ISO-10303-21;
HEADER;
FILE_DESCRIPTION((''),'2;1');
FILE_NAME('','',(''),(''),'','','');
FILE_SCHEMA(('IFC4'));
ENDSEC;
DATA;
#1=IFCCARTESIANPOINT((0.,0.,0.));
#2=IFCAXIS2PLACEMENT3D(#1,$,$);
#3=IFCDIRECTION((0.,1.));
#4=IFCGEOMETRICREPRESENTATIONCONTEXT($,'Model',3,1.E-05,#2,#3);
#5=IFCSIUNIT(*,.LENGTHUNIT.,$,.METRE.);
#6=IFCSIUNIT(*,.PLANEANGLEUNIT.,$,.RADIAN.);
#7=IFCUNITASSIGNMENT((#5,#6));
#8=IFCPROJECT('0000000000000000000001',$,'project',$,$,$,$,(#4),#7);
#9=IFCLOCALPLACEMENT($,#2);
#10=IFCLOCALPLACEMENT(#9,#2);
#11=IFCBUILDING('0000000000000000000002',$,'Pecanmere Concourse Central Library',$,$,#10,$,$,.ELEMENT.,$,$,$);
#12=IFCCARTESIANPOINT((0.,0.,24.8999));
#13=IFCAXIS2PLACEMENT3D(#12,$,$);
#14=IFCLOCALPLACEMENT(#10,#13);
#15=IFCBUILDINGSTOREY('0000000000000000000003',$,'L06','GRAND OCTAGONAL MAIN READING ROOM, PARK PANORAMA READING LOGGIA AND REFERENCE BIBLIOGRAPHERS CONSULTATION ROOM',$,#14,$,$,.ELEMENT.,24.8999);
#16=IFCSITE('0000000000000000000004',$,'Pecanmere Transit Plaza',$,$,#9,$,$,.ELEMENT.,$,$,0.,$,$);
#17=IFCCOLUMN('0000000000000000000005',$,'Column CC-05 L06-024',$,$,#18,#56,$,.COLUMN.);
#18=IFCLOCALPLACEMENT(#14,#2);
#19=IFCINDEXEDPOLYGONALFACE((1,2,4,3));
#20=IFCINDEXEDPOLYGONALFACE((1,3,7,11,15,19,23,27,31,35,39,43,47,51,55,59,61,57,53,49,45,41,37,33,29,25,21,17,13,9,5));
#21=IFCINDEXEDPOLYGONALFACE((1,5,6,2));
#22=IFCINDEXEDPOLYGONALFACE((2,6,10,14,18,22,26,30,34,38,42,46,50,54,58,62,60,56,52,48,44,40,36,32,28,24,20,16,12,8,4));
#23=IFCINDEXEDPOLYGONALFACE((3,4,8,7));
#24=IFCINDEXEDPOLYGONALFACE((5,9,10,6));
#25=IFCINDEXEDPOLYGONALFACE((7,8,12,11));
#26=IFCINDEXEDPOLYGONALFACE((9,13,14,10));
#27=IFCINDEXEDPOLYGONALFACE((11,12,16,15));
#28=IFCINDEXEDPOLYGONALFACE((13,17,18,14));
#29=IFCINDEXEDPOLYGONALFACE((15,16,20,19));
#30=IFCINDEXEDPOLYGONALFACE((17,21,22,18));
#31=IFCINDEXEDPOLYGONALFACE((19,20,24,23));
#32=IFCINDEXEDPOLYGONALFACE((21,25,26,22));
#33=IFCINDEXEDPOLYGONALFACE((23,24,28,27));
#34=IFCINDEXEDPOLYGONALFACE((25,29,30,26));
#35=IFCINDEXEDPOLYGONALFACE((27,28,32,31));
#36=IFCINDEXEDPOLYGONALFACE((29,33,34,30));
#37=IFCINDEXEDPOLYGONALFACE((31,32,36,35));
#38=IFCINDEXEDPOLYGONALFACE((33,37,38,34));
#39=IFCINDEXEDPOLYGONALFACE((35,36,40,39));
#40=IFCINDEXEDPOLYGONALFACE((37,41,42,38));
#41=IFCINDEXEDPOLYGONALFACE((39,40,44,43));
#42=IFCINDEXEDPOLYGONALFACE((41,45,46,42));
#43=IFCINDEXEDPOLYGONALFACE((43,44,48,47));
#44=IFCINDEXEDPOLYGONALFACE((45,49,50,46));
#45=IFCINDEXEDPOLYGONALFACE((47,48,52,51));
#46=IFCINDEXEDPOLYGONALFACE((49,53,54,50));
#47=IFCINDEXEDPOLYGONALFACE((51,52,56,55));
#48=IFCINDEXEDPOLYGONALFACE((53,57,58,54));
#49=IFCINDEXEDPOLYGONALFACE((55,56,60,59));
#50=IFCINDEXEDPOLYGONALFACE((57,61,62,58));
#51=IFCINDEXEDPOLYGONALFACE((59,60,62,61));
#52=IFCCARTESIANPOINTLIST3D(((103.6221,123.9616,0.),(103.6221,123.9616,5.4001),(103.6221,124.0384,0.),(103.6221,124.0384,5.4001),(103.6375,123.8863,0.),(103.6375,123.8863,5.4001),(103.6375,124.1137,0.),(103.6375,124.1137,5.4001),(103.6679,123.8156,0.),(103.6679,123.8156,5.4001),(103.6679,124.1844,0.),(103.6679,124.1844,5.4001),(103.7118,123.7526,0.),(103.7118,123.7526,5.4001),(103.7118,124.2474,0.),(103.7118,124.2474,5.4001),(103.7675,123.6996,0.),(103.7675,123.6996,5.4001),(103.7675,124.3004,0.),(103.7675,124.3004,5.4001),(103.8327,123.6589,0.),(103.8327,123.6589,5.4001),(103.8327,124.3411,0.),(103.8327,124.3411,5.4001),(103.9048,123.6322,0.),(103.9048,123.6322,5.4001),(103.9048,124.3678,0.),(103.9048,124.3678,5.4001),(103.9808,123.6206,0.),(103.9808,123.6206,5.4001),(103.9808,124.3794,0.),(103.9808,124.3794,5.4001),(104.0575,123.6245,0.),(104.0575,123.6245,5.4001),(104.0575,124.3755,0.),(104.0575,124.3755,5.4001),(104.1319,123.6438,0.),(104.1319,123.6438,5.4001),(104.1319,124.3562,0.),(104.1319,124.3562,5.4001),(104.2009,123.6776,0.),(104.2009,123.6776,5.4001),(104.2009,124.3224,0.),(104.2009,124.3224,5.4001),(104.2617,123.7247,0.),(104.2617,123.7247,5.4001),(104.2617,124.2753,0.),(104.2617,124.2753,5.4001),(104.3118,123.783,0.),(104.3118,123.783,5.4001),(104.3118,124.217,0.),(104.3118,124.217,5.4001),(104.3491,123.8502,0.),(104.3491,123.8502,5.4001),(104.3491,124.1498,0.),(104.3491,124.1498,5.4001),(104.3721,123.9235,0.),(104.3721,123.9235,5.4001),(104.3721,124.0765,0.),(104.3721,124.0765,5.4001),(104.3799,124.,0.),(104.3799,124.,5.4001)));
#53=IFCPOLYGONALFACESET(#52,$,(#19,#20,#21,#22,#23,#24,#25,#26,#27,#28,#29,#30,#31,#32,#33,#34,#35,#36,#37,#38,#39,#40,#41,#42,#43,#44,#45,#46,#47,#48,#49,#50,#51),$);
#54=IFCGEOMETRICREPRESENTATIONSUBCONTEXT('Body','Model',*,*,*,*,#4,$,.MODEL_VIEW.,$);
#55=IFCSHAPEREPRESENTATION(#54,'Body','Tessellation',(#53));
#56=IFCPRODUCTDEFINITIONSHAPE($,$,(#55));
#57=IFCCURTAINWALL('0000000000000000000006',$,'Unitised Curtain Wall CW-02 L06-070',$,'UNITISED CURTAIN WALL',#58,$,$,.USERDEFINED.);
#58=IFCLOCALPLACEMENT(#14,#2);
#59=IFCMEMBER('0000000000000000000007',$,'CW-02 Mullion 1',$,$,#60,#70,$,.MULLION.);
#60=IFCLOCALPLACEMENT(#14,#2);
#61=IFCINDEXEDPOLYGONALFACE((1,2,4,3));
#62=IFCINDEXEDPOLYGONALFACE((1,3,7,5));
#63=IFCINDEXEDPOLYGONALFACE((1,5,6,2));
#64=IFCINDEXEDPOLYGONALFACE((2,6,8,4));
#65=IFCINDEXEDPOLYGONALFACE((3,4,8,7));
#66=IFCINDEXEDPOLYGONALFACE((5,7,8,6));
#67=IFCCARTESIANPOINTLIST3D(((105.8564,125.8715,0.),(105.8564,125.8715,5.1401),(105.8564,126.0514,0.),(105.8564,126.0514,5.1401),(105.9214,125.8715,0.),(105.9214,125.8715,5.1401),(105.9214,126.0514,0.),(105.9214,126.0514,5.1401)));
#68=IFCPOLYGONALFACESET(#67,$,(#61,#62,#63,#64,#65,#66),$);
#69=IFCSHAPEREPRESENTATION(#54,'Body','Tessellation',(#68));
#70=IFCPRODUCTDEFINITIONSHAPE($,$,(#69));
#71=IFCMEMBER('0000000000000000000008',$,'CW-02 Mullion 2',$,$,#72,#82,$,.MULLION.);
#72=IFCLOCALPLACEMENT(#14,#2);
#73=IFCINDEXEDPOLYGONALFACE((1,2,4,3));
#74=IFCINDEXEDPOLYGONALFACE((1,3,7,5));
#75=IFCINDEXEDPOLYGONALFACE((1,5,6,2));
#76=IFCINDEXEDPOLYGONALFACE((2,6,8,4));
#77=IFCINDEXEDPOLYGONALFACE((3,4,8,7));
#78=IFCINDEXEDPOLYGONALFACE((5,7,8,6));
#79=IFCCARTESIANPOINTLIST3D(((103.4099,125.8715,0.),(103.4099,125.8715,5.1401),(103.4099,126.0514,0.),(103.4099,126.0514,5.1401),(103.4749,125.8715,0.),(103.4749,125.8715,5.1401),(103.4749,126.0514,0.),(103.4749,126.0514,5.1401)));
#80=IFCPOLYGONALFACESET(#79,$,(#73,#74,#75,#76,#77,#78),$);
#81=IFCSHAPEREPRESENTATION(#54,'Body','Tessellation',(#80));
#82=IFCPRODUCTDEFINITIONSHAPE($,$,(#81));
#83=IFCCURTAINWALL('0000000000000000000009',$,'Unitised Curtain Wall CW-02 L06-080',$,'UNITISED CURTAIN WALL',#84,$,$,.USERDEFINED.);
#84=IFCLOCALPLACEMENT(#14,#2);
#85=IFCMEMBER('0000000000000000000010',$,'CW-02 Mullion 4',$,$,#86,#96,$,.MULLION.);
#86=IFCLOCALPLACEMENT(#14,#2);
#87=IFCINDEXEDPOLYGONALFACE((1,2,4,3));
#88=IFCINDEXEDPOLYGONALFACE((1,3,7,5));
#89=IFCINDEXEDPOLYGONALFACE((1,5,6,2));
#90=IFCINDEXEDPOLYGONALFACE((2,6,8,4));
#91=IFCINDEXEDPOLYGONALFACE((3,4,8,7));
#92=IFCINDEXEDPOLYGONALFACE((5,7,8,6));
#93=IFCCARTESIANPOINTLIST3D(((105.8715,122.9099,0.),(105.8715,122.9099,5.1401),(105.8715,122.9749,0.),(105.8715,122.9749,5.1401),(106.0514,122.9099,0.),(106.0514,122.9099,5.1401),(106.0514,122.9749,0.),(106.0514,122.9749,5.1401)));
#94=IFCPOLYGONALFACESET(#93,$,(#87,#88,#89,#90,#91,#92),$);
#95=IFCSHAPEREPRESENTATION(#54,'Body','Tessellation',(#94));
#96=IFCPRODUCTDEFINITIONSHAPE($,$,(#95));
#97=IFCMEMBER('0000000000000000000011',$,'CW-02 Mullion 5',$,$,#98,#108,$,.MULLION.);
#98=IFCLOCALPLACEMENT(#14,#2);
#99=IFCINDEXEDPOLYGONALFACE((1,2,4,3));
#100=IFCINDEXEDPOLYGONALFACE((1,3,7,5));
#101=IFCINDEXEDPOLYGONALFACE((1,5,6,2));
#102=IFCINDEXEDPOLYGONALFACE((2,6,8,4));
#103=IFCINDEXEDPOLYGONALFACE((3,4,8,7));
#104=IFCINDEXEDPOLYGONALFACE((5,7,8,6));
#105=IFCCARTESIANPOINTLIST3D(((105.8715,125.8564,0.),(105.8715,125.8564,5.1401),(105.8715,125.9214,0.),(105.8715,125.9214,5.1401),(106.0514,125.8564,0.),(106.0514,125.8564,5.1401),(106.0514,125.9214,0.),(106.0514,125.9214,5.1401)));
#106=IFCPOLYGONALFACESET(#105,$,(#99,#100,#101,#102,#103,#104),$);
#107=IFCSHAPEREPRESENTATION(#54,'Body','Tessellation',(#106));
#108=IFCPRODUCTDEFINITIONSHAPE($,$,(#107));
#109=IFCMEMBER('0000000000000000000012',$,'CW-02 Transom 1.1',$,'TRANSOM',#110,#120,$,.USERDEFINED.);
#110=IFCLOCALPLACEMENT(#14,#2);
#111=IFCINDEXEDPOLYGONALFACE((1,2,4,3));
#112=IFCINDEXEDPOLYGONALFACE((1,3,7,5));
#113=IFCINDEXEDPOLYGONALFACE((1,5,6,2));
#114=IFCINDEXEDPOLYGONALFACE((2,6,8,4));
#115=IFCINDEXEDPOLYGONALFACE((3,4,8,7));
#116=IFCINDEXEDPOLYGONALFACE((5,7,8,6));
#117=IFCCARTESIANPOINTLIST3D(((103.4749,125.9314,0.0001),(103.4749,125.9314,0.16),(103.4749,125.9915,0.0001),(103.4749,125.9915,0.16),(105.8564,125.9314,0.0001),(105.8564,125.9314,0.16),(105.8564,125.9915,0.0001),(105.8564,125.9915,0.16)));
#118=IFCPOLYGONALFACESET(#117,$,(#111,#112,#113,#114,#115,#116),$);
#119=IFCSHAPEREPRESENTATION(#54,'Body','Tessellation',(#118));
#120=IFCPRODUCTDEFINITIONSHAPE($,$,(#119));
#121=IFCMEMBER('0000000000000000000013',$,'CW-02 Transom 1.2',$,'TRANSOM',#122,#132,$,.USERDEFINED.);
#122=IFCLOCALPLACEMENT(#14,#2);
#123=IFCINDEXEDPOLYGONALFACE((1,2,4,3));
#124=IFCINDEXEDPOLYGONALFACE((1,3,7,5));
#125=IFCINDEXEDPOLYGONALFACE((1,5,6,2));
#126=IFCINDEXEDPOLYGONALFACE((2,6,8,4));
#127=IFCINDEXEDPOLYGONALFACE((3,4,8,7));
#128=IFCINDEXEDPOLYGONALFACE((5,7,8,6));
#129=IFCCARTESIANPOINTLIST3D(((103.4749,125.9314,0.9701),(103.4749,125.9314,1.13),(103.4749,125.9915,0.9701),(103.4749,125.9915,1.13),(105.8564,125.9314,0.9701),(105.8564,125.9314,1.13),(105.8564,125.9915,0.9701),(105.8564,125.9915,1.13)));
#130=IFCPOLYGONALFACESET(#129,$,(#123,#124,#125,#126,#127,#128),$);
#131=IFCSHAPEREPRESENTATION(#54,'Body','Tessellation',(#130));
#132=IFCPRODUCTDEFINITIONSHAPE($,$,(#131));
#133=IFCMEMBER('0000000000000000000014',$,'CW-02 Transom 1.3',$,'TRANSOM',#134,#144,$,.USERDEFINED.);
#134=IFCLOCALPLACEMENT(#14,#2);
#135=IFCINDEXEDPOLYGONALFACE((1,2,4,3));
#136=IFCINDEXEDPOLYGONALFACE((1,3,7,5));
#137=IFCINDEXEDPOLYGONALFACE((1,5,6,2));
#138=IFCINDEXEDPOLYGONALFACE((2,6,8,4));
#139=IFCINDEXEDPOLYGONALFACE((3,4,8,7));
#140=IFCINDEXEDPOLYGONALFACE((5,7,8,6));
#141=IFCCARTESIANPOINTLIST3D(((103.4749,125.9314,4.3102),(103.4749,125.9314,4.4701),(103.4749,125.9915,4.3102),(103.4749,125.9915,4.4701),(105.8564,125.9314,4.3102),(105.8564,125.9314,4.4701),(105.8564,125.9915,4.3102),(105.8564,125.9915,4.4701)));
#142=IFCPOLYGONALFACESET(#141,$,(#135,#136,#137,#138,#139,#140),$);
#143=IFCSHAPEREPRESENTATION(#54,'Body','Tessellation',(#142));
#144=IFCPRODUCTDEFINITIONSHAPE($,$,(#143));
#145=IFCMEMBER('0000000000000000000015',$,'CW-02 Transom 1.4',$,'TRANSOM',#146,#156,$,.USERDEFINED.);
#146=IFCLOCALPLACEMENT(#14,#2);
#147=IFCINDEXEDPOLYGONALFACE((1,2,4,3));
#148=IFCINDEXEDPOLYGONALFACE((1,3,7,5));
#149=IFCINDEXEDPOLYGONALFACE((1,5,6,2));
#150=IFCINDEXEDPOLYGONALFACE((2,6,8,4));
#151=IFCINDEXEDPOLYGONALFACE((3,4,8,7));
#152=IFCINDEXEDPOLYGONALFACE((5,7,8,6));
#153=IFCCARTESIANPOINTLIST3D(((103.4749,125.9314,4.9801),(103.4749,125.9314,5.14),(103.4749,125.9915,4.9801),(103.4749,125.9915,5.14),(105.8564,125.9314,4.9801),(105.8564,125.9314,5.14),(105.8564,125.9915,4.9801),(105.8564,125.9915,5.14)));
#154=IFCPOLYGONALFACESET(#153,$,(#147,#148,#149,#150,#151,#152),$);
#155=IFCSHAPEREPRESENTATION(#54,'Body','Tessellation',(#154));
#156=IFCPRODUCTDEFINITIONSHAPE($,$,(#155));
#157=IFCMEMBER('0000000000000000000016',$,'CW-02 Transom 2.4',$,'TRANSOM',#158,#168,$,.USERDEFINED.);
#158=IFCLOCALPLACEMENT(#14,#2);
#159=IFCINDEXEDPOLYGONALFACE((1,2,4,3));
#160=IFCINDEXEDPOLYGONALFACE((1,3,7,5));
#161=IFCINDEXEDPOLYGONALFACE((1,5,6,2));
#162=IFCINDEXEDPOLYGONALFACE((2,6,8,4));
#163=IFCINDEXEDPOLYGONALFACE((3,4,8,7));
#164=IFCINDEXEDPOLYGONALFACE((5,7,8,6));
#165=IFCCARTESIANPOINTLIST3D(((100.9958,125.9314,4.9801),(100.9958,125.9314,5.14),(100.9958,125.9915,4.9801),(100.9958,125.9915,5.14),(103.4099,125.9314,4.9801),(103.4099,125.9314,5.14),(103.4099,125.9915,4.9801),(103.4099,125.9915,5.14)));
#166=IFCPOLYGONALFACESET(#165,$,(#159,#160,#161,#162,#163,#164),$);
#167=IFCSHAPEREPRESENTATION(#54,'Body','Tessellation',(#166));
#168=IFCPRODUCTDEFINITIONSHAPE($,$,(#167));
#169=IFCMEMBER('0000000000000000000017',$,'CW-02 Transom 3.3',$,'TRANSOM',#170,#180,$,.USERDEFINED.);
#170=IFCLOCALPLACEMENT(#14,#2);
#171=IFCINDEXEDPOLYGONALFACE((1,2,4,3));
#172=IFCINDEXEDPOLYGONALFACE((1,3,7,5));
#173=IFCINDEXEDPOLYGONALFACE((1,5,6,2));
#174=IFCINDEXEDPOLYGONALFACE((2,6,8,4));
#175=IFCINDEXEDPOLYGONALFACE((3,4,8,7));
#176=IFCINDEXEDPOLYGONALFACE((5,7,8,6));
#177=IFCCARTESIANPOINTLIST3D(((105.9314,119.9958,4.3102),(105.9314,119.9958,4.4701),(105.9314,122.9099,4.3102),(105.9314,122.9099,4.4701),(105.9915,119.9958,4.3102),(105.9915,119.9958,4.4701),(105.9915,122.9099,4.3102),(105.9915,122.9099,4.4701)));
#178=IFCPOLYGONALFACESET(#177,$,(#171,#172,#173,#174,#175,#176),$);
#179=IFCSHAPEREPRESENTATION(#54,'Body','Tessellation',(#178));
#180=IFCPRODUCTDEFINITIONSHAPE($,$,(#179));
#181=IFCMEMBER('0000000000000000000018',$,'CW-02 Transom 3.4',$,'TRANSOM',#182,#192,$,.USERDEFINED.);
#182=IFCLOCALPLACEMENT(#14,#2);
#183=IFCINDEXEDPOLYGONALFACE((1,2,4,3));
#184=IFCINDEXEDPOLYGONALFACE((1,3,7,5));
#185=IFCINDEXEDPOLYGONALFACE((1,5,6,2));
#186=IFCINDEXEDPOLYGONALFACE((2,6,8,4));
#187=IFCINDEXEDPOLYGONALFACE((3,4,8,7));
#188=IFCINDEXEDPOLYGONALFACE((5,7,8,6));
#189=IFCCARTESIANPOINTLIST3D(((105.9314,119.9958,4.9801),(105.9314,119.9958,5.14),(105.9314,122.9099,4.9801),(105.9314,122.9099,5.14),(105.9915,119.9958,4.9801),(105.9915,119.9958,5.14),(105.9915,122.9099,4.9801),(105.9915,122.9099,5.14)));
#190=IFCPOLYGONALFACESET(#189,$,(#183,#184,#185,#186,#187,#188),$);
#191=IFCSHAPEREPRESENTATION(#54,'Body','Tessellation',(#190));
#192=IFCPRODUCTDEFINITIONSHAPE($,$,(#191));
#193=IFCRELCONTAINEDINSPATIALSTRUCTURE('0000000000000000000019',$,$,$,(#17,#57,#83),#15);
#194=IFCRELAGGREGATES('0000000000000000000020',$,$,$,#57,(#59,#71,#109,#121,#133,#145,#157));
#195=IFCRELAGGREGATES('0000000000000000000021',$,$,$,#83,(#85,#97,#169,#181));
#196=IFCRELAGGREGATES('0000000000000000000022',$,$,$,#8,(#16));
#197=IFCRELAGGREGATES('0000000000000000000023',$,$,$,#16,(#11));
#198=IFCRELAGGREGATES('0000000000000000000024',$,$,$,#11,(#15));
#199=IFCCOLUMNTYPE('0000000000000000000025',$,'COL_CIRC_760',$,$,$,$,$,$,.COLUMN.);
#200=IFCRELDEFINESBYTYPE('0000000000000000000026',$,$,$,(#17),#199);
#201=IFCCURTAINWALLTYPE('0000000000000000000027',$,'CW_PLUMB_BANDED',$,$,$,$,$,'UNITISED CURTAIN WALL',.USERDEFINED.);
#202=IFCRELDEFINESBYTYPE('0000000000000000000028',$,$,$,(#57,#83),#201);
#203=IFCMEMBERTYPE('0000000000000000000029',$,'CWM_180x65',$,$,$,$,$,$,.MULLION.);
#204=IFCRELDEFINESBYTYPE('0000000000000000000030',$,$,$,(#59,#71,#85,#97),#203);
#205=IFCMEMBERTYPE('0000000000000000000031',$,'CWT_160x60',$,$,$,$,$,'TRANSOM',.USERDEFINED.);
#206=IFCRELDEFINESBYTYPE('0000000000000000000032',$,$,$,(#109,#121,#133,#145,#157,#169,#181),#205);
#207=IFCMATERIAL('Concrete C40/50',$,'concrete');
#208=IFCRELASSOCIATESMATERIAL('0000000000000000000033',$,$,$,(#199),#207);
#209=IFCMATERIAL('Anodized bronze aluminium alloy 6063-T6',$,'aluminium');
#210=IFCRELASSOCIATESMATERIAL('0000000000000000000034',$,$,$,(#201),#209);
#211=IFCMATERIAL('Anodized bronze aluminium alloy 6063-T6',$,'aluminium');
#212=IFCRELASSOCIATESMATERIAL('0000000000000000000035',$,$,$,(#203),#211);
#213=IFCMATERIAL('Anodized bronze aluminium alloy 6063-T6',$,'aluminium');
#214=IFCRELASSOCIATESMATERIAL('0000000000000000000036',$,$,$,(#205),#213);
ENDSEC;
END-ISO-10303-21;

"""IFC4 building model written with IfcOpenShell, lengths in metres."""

from ifc_helpers import new_model, si_unit, direction, frame, origin, origin_2d, place, context, subcontext, project, spatial, rectangle, circle, extrude, material, material_profile, profile_set, type_object, element, aggregate, save


model = new_model("IFC4")

# Units and contexts
model_context = context("Model", 3, precision=1e-05, world=origin(), true_north=direction((0.0, 1.0)))
body_context = subcontext(model_context, "Body", "Model", "MODEL_VIEW")
ifc_project = project(units=[si_unit("LENGTHUNIT", "METRE"), si_unit("PLANEANGLEUNIT", "RADIAN")], contexts=[model_context])

# Site, building, storey
site_placement = place(None, origin())
site = spatial("IfcSite", under=ifc_project, at=site_placement, Name="Pecanmere Transit Plaza", CompositionType="ELEMENT", RefElevation=0.0)
building_placement = place(site_placement, origin())
building = spatial("IfcBuilding", under=site, at=building_placement, Name="Pecanmere Concourse Central Library", CompositionType="ELEMENT")
storey_placement = place(building_placement, frame((0.0, 0.0, 24.8999)))
storey = spatial("IfcBuildingStorey", under=building, at=storey_placement, Name="L06", Description="GRAND OCTAGONAL MAIN READING ROOM, PARK PANORAMA READING LOGGIA AND REFERENCE BIBLIOGRAPHERS CONSULTATION ROOM", CompositionType="ELEMENT", Elevation=24.8999)

# Column
ifc_material_1 = material(Name="Concrete C40/50", Category="concrete")
ifc_material_profile_1 = material_profile(ifc_material_1, circle(Radius=0.3799, at=origin_2d()), Name="RC D760")
ifc_profile_set_1 = profile_set([ifc_material_profile_1], Name="Concrete C40/50")
column_type = type_object("IfcColumnType", Name="COL_CIRC_760", PredefinedType="COLUMN", material=ifc_profile_set_1)
column_placement = place(storey_placement, frame((104.0, 124.0, 0.0), z_axis=(0.0, 0.0, 1.0), x_axis=(1.0, 0.0, 0.0)))
element("IfcColumn", 1, at=column_placement, inside=storey, type_object=column_type, Name="Column CC-05 L06-024", PredefinedType="COLUMN", context=body_context, shape_type="SweptSolid", body=[
    extrude(circle(Radius=0.3799, at=origin_2d()), origin(), (0.0, 0.0, 1.0), 5.4001),
])

# Curtain walls, members
ifc_material_2 = material(Name="Anodized bronze aluminium alloy 6063-T6", Category="aluminium")
curtain_wall_type = type_object("IfcCurtainWallType", Name="CW_PLUMB_BANDED", ElementType="UNITISED CURTAIN WALL", PredefinedType="USERDEFINED", material=ifc_material_2)
curtain_wall_1_placement = place(storey_placement, origin())
curtain_wall_1 = element("IfcCurtainWall", 2, at=curtain_wall_1_placement, inside=storey, type_object=curtain_wall_type, Name="Unitised Curtain Wall CW-02 L06-070", ObjectType="UNITISED CURTAIN WALL", PredefinedType="USERDEFINED")
ifc_material_3 = material(Name="Anodized bronze aluminium alloy 6063-T6", Category="aluminium")
ifc_material_profile_2 = material_profile(ifc_material_3, rectangle(XDim=0.0649, YDim=0.1799, at=origin_2d()), Name="AL 65x180")
ifc_profile_set_2 = profile_set([ifc_material_profile_2], Name="Anodized bronze aluminium alloy 6063-T6")
member_type_1 = type_object("IfcMemberType", Name="CWM_180x65", PredefinedType="MULLION", material=ifc_profile_set_2)
member_1_placement = place(storey_placement, frame((105.8889, 125.9614, 0.0), z_axis=(0.0, 0.0, 1.0), x_axis=(-1.0, 0.0, 0.0)))
member_1 = element("IfcMember", 3, at=member_1_placement, type_object=member_type_1, Name="CW-02 Mullion 1", PredefinedType="MULLION", context=body_context, shape_type="SweptSolid", body=[
    extrude(rectangle(XDim=0.0649, YDim=0.1799, at=origin_2d()), origin(), (0.0, 0.0, 1.0), 5.1401),
])
member_2_placement = place(storey_placement, frame((103.4424, 125.9614, 0.0), z_axis=(0.0, 0.0, 1.0), x_axis=(-1.0, 0.0, 0.0)))
member_2 = element("IfcMember", 4, at=member_2_placement, type_object=member_type_1, Name="CW-02 Mullion 2", PredefinedType="MULLION", context=body_context, shape_type="SweptSolid", body=[
    extrude(rectangle(XDim=0.0649, YDim=0.1799, at=origin_2d()), origin(), (0.0, 0.0, 1.0), 5.1401),
])
curtain_wall_2_placement = place(storey_placement, origin())
curtain_wall_2 = element("IfcCurtainWall", 5, at=curtain_wall_2_placement, inside=storey, type_object=curtain_wall_type, Name="Unitised Curtain Wall CW-02 L06-080", ObjectType="UNITISED CURTAIN WALL", PredefinedType="USERDEFINED")
member_3_placement = place(storey_placement, frame((105.9614, 122.9424, 0.0), z_axis=(0.0, 0.0, 1.0), x_axis=(0.0, 1.0, 0.0)))
member_3 = element("IfcMember", 6, at=member_3_placement, type_object=member_type_1, Name="CW-02 Mullion 4", PredefinedType="MULLION", context=body_context, shape_type="SweptSolid", body=[
    extrude(rectangle(XDim=0.0649, YDim=0.1799, at=origin_2d()), origin(), (0.0, 0.0, 1.0), 5.1401),
])
member_4_placement = place(storey_placement, frame((105.9614, 125.8889, 0.0), z_axis=(0.0, 0.0, 1.0), x_axis=(0.0, 1.0, 0.0)))
member_4 = element("IfcMember", 7, at=member_4_placement, type_object=member_type_1, Name="CW-02 Mullion 5", PredefinedType="MULLION", context=body_context, shape_type="SweptSolid", body=[
    extrude(rectangle(XDim=0.0649, YDim=0.1799, at=origin_2d()), origin(), (0.0, 0.0, 1.0), 5.1401),
])

# Members
ifc_material_4 = material(Name="Anodized bronze aluminium alloy 6063-T6", Category="aluminium")
ifc_material_profile_3 = material_profile(ifc_material_4, rectangle(XDim=0.0601, YDim=0.1599, at=origin_2d()), Name="AL 60x160")
ifc_profile_set_3 = profile_set([ifc_material_profile_3], Name="Anodized bronze aluminium alloy 6063-T6")
member_type_2 = type_object("IfcMemberType", Name="CWT_160x60", ElementType="TRANSOM", PredefinedType="USERDEFINED", material=ifc_profile_set_3)
member_5_placement = place(storey_placement, frame((105.8564, 125.9614, 0.0801), z_axis=(-1.0, 0.0, 0.0), x_axis=(0.0, -1.0, 0.0)))
member_5 = element("IfcMember", 8, at=member_5_placement, type_object=member_type_2, Name="CW-02 Transom 1.1", ObjectType="TRANSOM", PredefinedType="USERDEFINED", context=body_context, shape_type="SweptSolid", body=[
    extrude(rectangle(XDim=0.0601, YDim=0.1599, at=origin_2d()), origin(), (0.0, 0.0, 1.0), 2.3816),
])
member_6_placement = place(storey_placement, frame((105.8564, 125.9614, 1.05), z_axis=(-1.0, 0.0, 0.0), x_axis=(0.0, -1.0, 0.0)))
member_6 = element("IfcMember", 9, at=member_6_placement, type_object=member_type_2, Name="CW-02 Transom 1.2", ObjectType="TRANSOM", PredefinedType="USERDEFINED", context=body_context, shape_type="SweptSolid", body=[
    extrude(rectangle(XDim=0.0601, YDim=0.1599, at=origin_2d()), origin(), (0.0, 0.0, 1.0), 2.3816),
])
member_7_placement = place(storey_placement, frame((105.8564, 125.9614, 4.3901), z_axis=(-1.0, 0.0, 0.0), x_axis=(0.0, -1.0, 0.0)))
member_7 = element("IfcMember", 10, at=member_7_placement, type_object=member_type_2, Name="CW-02 Transom 1.3", ObjectType="TRANSOM", PredefinedType="USERDEFINED", context=body_context, shape_type="SweptSolid", body=[
    extrude(rectangle(XDim=0.0601, YDim=0.1599, at=origin_2d()), origin(), (0.0, 0.0, 1.0), 2.3816),
])
member_8_placement = place(storey_placement, frame((105.8564, 125.9614, 5.0601), z_axis=(-1.0, 0.0, 0.0), x_axis=(0.0, -1.0, 0.0)))
member_8 = element("IfcMember", 11, at=member_8_placement, type_object=member_type_2, Name="CW-02 Transom 1.4", ObjectType="TRANSOM", PredefinedType="USERDEFINED", context=body_context, shape_type="SweptSolid", body=[
    extrude(rectangle(XDim=0.0601, YDim=0.1599, at=origin_2d()), origin(), (0.0, 0.0, 1.0), 2.3816),
])
member_9_placement = place(storey_placement, frame((103.4099, 125.9614, 5.0601), z_axis=(-1.0, 0.0, 0.0), x_axis=(0.0, -1.0, 0.0)))
member_9 = element("IfcMember", 12, at=member_9_placement, type_object=member_type_2, Name="CW-02 Transom 2.4", ObjectType="TRANSOM", PredefinedType="USERDEFINED", context=body_context, shape_type="SweptSolid", body=[
    extrude(rectangle(XDim=0.0601, YDim=0.1599, at=origin_2d()), origin(), (0.0, 0.0, 1.0), 2.4141),
])
member_10_placement = place(storey_placement, frame((105.9614, 119.9958, 4.3901), z_axis=(0.0, 1.0, 0.0), x_axis=(-1.0, 0.0, 0.0)))
member_10 = element("IfcMember", 13, at=member_10_placement, type_object=member_type_2, Name="CW-02 Transom 3.3", ObjectType="TRANSOM", PredefinedType="USERDEFINED", context=body_context, shape_type="SweptSolid", body=[
    extrude(rectangle(XDim=0.0601, YDim=0.1599, at=origin_2d()), origin(), (0.0, 0.0, 1.0), 2.9141),
])
member_11_placement = place(storey_placement, frame((105.9614, 119.9958, 5.0601), z_axis=(0.0, 1.0, 0.0), x_axis=(-1.0, 0.0, 0.0)))
member_11 = element("IfcMember", 14, at=member_11_placement, type_object=member_type_2, Name="CW-02 Transom 3.4", ObjectType="TRANSOM", PredefinedType="USERDEFINED", context=body_context, shape_type="SweptSolid", body=[
    extrude(rectangle(XDim=0.0601, YDim=0.1599, at=origin_2d()), origin(), (0.0, 0.0, 1.0), 2.9141),
])

aggregate(curtain_wall_1, [member_1, member_2, member_5, member_6, member_7, member_8, member_9])
aggregate(curtain_wall_2, [member_3, member_4, member_10, member_11])

save(model, "model.ifc")
